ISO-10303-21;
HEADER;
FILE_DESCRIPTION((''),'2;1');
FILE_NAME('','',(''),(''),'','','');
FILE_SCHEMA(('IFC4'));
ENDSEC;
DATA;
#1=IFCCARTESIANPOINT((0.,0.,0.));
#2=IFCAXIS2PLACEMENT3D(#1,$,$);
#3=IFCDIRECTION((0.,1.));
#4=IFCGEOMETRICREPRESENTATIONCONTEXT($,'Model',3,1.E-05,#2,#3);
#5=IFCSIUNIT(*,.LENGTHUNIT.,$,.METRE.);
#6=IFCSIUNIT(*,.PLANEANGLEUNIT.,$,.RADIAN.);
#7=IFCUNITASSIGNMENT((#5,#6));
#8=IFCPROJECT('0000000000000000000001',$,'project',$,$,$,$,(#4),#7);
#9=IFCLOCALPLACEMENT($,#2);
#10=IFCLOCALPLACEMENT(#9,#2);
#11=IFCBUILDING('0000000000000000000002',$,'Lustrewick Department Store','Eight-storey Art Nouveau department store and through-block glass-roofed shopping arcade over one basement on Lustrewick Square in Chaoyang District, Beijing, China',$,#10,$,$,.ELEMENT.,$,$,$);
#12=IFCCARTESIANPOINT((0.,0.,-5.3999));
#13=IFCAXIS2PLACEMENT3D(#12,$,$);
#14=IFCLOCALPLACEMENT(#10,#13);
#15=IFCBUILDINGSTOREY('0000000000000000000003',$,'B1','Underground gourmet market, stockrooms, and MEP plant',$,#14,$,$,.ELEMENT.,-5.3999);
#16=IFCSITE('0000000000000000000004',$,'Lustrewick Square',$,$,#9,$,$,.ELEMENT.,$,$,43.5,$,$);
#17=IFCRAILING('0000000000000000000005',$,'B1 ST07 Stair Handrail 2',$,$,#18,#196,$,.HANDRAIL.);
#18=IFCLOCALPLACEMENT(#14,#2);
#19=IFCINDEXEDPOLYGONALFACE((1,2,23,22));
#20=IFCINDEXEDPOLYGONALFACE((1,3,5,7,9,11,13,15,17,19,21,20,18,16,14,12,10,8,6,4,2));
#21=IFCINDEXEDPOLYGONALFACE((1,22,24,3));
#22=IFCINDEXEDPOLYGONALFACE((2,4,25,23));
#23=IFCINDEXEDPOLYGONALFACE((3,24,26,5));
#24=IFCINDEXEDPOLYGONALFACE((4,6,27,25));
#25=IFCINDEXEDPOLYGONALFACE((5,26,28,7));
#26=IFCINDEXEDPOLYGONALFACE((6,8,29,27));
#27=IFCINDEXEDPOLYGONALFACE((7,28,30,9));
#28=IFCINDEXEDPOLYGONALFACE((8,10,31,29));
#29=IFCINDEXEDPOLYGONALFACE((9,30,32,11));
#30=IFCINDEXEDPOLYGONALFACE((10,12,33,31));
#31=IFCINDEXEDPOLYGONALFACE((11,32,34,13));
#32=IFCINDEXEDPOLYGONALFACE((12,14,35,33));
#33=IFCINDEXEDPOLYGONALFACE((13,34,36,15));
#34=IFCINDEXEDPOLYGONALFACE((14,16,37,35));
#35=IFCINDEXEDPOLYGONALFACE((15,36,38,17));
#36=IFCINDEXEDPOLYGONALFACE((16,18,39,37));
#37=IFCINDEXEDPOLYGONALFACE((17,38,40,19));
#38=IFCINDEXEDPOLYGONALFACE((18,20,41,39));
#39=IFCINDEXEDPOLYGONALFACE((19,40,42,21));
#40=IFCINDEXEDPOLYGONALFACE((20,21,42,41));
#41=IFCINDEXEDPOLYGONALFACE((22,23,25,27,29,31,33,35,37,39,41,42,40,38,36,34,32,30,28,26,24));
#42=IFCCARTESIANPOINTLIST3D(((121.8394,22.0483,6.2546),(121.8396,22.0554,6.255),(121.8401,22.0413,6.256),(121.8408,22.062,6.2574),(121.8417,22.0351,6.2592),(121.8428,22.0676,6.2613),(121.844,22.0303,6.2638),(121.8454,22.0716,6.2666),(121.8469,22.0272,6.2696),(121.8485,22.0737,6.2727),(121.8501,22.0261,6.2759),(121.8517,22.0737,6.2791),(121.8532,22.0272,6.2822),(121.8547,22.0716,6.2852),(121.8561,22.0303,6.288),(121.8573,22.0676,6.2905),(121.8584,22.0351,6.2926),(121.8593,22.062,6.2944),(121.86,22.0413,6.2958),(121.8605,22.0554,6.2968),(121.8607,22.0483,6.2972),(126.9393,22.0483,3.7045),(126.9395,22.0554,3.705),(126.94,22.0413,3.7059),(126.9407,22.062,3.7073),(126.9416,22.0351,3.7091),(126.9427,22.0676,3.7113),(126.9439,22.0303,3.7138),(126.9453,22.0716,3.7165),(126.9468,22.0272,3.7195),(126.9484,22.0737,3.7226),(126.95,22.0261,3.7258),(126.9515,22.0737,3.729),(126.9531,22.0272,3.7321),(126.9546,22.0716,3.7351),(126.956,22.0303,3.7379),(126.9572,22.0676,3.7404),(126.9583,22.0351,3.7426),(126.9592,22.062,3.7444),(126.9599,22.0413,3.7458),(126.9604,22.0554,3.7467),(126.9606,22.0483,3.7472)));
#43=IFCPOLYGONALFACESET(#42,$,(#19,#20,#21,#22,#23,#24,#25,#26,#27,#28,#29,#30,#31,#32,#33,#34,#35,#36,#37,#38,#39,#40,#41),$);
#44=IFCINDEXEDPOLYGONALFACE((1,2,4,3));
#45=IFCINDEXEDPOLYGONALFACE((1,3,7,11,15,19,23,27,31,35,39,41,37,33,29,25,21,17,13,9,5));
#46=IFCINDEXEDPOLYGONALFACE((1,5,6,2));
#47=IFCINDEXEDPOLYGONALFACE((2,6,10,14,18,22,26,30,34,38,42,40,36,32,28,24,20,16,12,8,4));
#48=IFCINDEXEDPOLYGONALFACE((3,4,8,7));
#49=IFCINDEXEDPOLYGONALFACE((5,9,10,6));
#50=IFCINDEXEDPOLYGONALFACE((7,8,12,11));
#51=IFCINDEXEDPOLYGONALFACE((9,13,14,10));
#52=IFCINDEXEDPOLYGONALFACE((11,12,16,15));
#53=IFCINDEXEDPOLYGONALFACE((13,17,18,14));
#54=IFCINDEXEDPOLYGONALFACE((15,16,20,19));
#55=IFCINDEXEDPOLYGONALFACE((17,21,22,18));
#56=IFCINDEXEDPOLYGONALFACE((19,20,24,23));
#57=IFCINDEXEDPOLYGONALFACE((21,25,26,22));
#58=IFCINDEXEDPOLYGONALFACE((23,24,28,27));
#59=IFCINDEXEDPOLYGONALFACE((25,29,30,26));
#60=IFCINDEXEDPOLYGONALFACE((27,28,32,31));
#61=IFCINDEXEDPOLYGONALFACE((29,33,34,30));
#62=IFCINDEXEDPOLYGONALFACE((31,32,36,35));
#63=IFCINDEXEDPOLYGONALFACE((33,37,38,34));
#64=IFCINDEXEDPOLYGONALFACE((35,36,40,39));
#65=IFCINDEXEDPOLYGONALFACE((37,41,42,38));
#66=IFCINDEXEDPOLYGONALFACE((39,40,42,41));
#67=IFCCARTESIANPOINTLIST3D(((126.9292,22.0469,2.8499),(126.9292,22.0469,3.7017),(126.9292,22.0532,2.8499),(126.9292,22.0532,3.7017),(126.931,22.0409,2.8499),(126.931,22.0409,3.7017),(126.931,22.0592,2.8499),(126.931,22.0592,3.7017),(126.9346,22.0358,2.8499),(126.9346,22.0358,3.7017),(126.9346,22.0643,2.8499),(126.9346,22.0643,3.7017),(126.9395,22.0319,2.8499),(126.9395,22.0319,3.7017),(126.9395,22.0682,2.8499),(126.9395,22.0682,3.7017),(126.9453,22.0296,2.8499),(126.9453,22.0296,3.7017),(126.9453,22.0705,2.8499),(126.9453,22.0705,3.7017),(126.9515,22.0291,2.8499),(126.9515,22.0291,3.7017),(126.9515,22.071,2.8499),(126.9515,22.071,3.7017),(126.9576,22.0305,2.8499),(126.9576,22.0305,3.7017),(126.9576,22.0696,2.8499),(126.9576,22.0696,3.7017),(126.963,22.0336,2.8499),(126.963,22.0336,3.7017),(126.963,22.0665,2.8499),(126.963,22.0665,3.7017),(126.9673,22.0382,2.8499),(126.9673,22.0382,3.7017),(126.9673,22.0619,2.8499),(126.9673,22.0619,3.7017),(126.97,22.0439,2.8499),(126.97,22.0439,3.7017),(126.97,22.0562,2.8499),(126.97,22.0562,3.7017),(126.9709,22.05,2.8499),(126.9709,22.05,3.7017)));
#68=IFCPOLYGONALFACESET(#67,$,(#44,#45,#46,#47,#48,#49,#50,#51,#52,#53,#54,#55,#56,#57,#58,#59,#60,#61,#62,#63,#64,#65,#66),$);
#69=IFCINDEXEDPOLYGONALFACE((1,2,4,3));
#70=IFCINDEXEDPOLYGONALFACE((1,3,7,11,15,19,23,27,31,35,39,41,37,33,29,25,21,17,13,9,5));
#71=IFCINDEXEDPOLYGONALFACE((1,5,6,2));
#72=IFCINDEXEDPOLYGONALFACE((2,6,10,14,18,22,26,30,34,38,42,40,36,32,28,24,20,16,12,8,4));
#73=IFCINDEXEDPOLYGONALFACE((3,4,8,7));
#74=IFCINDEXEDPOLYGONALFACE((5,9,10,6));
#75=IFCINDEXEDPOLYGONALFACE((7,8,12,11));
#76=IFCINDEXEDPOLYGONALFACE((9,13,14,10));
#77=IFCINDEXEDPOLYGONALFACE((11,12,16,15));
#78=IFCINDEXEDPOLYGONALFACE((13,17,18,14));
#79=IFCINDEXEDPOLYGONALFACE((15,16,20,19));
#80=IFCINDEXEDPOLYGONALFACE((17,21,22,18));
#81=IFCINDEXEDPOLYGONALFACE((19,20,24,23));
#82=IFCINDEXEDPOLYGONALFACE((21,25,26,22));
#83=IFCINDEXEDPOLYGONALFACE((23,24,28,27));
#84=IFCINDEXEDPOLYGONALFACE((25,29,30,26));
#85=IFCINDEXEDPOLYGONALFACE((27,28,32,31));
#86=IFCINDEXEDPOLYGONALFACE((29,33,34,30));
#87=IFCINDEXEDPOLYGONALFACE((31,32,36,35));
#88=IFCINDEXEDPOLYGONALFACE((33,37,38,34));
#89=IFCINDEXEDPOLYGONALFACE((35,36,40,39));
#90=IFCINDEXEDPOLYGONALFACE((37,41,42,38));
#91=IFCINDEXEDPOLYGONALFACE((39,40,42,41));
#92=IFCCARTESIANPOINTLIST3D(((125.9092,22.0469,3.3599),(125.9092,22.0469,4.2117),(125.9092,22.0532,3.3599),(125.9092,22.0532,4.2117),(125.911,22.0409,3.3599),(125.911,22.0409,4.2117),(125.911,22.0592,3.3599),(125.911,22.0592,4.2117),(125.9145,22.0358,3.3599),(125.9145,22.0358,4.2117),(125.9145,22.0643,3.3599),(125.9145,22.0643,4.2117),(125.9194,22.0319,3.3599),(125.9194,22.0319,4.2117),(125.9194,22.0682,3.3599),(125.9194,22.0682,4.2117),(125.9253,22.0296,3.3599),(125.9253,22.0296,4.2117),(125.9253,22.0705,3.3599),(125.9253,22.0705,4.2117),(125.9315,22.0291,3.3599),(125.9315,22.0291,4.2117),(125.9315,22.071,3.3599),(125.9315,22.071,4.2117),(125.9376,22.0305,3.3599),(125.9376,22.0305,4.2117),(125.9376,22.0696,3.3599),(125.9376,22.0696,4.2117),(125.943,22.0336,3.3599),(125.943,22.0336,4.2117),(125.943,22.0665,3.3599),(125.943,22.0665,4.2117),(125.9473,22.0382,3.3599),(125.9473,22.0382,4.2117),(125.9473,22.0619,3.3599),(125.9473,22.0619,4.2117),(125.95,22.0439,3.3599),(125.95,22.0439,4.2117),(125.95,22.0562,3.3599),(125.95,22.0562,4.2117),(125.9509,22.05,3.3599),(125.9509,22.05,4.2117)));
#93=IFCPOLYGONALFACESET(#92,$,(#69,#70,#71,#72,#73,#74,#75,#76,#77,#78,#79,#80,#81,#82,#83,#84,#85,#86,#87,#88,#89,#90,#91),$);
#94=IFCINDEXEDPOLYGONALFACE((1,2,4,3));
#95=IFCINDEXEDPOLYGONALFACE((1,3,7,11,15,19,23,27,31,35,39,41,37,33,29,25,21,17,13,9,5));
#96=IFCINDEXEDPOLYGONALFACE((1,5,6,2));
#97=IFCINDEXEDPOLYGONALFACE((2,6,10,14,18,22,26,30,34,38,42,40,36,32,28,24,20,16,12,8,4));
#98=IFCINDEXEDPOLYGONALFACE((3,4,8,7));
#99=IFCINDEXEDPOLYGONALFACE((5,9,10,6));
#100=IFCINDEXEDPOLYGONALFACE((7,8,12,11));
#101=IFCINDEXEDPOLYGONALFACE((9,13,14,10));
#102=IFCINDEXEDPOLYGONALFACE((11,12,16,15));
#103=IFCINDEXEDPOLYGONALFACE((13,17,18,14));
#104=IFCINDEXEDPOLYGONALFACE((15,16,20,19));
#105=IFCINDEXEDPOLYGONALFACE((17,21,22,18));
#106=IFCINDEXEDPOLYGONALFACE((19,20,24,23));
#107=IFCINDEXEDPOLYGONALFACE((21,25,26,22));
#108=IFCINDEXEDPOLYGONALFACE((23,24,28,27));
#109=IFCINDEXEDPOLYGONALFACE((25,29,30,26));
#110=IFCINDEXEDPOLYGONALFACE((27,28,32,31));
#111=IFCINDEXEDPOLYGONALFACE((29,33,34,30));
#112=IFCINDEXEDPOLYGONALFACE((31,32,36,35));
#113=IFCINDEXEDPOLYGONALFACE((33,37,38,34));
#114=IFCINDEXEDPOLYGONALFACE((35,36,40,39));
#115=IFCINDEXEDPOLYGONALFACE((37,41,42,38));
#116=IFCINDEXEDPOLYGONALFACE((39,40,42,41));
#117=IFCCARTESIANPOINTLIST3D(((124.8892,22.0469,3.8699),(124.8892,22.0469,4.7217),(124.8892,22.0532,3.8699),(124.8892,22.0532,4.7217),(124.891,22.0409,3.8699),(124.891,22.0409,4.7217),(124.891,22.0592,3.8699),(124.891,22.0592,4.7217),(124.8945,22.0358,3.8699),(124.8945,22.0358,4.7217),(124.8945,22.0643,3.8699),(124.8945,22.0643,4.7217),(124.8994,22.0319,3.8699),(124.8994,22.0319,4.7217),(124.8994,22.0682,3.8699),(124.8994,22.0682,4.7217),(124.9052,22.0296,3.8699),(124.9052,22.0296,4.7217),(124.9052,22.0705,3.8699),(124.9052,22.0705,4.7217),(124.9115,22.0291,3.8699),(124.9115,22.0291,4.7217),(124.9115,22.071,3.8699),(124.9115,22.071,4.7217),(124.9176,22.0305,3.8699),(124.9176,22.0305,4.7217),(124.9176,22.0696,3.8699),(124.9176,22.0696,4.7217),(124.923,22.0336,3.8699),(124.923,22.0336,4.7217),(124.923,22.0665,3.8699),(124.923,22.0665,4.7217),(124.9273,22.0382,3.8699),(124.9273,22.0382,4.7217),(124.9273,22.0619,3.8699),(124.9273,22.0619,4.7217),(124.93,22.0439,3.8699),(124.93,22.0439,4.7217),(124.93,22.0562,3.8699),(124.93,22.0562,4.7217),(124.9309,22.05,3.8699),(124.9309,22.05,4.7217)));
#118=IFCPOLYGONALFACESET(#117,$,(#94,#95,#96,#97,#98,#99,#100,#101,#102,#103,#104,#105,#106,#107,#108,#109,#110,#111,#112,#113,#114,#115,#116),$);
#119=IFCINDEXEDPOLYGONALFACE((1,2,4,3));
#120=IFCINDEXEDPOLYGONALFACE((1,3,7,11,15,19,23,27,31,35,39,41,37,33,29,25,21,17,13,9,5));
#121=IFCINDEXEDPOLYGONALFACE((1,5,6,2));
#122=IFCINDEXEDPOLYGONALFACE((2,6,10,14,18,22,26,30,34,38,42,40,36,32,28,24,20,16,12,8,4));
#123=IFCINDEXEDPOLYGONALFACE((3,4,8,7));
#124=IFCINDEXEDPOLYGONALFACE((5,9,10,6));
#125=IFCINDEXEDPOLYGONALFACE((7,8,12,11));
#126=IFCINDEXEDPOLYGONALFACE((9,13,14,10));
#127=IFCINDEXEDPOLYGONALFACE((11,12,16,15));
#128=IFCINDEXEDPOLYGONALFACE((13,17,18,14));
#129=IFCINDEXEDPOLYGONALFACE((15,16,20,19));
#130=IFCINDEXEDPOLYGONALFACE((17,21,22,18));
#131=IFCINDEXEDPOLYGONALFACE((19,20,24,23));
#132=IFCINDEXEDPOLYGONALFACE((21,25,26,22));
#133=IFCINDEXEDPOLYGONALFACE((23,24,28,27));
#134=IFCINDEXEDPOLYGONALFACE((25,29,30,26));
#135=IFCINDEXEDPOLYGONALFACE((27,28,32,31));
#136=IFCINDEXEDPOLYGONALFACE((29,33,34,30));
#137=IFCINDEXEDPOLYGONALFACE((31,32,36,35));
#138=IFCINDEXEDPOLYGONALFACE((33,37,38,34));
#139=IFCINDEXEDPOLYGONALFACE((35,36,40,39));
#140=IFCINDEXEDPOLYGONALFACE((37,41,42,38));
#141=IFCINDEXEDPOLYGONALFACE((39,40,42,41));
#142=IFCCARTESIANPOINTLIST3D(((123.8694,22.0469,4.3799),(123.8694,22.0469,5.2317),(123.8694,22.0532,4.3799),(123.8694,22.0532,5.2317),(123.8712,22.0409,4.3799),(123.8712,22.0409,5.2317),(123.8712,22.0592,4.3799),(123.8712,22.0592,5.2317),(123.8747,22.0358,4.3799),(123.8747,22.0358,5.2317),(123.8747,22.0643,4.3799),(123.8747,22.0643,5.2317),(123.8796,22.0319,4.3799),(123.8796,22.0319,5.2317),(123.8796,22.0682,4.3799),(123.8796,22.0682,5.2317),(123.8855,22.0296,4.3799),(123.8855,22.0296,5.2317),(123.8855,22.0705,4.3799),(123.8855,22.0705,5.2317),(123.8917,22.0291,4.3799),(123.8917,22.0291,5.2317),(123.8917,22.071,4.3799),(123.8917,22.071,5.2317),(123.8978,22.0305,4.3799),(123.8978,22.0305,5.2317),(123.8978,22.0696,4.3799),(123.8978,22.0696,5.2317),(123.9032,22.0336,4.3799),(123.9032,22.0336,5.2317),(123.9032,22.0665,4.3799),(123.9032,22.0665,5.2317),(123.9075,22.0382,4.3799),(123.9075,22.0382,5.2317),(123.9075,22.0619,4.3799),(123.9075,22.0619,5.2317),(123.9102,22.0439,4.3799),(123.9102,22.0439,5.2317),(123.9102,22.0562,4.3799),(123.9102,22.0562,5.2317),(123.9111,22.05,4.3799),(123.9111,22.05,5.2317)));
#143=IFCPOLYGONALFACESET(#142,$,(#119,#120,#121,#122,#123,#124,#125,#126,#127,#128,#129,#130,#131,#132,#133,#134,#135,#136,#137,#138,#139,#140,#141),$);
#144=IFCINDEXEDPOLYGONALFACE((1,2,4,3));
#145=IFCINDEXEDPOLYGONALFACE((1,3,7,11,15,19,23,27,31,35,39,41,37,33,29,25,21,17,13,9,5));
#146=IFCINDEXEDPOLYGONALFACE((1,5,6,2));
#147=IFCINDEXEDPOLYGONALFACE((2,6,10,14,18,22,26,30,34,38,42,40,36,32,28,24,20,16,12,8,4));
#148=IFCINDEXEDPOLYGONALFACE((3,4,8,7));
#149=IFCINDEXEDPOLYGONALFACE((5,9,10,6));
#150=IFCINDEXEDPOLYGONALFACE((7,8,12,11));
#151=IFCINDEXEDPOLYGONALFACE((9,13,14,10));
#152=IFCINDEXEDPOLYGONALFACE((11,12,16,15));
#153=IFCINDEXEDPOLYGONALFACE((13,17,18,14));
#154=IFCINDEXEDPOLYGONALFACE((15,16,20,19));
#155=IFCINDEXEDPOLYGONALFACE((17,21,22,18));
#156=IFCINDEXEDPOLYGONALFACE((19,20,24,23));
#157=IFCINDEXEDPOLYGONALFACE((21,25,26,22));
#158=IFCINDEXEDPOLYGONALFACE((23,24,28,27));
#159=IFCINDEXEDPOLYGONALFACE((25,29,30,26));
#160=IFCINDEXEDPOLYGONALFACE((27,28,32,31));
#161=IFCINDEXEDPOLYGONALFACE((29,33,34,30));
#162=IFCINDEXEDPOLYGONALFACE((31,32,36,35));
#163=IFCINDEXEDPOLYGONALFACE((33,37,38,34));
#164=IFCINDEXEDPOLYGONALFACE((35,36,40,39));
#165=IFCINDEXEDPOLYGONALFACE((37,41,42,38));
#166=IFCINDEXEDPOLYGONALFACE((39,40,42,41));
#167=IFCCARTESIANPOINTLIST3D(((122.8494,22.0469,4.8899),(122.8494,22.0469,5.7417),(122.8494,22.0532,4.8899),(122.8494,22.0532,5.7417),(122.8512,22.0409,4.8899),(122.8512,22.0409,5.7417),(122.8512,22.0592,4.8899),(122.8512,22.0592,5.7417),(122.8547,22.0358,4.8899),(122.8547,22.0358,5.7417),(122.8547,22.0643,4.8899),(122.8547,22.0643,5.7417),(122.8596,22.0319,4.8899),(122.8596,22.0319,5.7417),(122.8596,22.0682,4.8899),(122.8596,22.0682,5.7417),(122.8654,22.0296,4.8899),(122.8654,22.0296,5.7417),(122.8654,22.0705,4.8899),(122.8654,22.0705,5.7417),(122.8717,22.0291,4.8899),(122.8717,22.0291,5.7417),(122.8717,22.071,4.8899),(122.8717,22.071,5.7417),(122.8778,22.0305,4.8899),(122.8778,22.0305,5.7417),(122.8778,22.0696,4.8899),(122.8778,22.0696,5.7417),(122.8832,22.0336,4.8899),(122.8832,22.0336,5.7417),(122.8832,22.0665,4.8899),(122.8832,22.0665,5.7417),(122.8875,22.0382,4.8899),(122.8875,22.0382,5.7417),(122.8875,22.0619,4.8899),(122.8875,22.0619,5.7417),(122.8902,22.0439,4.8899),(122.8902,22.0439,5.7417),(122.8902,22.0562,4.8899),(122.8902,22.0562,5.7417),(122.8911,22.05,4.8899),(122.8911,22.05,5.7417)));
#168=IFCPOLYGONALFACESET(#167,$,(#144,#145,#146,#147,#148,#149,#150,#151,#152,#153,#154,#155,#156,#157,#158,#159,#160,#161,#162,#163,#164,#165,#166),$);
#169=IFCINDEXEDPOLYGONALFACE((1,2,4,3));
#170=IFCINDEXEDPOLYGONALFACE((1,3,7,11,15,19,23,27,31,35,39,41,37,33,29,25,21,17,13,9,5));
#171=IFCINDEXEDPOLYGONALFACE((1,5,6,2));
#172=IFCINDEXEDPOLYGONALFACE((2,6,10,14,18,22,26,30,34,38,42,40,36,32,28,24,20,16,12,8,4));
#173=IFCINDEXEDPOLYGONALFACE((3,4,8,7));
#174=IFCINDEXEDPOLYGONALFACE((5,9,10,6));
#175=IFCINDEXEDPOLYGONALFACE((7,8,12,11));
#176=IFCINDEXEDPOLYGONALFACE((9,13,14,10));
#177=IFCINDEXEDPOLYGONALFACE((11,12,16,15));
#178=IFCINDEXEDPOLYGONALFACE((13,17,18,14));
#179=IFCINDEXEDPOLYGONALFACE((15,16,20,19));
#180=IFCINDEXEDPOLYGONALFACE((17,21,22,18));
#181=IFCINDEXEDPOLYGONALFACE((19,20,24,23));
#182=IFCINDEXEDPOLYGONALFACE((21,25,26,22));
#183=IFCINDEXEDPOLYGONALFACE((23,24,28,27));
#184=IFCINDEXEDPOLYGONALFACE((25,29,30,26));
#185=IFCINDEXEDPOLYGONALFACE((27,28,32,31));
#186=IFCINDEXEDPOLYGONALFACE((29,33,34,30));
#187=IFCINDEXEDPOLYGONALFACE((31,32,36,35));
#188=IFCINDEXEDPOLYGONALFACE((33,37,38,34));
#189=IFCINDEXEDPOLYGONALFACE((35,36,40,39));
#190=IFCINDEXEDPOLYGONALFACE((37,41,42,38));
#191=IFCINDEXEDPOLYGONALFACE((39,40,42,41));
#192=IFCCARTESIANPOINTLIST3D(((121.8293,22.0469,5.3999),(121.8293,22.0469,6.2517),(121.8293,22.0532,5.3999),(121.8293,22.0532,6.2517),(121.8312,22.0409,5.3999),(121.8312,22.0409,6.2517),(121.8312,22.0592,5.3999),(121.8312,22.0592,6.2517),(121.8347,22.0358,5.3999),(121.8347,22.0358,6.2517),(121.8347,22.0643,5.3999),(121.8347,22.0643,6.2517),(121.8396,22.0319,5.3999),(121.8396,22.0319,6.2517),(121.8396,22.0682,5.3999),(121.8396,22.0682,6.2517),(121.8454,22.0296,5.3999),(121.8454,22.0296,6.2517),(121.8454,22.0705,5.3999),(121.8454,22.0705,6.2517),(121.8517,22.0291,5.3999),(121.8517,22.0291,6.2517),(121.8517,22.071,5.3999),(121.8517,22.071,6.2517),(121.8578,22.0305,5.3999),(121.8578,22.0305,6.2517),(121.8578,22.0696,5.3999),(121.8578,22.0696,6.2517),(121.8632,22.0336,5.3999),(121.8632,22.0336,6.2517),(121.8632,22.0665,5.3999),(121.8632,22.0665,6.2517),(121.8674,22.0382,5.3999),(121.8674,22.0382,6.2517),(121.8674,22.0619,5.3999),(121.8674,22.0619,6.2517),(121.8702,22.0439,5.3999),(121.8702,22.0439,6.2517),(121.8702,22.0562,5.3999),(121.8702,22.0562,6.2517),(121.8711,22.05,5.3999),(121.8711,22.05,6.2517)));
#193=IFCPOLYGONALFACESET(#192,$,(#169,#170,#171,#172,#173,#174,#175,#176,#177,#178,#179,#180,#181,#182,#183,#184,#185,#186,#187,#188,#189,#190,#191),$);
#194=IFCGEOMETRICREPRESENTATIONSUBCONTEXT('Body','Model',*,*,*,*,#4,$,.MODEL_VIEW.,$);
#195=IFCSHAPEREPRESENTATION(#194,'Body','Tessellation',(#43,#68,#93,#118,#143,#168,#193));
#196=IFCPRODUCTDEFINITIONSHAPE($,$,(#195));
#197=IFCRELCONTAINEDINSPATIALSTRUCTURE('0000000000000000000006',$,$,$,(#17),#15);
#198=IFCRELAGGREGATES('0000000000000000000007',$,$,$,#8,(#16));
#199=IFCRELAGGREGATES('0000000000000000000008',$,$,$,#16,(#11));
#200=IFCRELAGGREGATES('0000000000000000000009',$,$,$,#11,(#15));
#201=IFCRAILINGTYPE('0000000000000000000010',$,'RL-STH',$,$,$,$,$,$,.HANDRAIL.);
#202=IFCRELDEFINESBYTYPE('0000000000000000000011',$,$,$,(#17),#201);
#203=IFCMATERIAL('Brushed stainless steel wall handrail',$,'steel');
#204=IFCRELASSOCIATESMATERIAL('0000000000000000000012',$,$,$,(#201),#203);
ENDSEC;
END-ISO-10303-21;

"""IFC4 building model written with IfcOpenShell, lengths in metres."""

from ifc_helpers import new_model, si_unit, direction, frame, origin, origin_2d, place, context, subcontext, project, spatial, circle, extrude, material, type_object, element, save


model = new_model("IFC4")

# Units and contexts
model_context = context("Model", 3, precision=1e-05, world=origin(), true_north=direction((0.0, 1.0)))
body_context = subcontext(model_context, "Body", "Model", "MODEL_VIEW")
ifc_project = project(units=[si_unit("LENGTHUNIT", "METRE"), si_unit("PLANEANGLEUNIT", "RADIAN")], contexts=[model_context])

# Site, building, storey
site_placement = place(None, origin())
site = spatial("IfcSite", under=ifc_project, at=site_placement, Name="Lustrewick Square", CompositionType="ELEMENT", RefElevation=43.5)
building_placement = place(site_placement, origin())
building = spatial("IfcBuilding", under=site, at=building_placement, Name="Lustrewick Department Store", Description="Eight-storey Art Nouveau department store and through-block glass-roofed shopping arcade over one basement on Lustrewick Square in Chaoyang District, Beijing, China", CompositionType="ELEMENT")
storey_placement = place(building_placement, frame((0.0, 0.0, -5.3999)))
storey = spatial("IfcBuildingStorey", under=building, at=storey_placement, Name="B1", Description="Underground gourmet market, stockrooms, and MEP plant", CompositionType="ELEMENT", Elevation=-5.3999)

# Railing
ifc_material_1 = material(Name="Brushed stainless steel wall handrail", Category="steel")
railing_type_1 = type_object("IfcRailingType", Name="RL-STH", PredefinedType="HANDRAIL", material=ifc_material_1)
railing_1_placement = place(storey_placement, frame((126.95, 22.05, 2.8499)))
element("IfcRailing", 1, at=railing_1_placement, inside=storey, type_object=railing_type_1, Name="B1 ST07 Stair Handrail 2", PredefinedType="HANDRAIL", context=body_context, shape_type="SweptSolid", body=[
    extrude(circle(Radius=0.0239, at=origin_2d()), frame((0.0, 0.0, 0.876), z_axis=(-0.894419, 0.0, 0.447231), x_axis=(0.0, -1.0, 0.0)), (0.0, 0.0, 1.0), 5.7019),
    extrude(circle(Radius=0.021, at=origin_2d()), origin(), (0.0, 0.0, 1.0), 0.8518),
    extrude(circle(Radius=0.021, at=origin_2d()), frame((-1.02, 0.0, 0.51)), (0.0, 0.0, 1.0), 0.8518),
    extrude(circle(Radius=0.021, at=origin_2d()), frame((-2.04, 0.0, 1.02)), (0.0, 0.0, 1.0), 0.8518),
    extrude(circle(Radius=0.021, at=origin_2d()), frame((-3.0598, 0.0, 1.53)), (0.0, 0.0, 1.0), 0.8518),
    extrude(circle(Radius=0.021, at=origin_2d()), frame((-4.0798, 0.0, 2.04)), (0.0, 0.0, 1.0), 0.8518),
    extrude(circle(Radius=0.021, at=origin_2d()), frame((-5.0999, 0.0, 2.55)), (0.0, 0.0, 1.0), 0.8518),
])

save(model, "model.ifc")
